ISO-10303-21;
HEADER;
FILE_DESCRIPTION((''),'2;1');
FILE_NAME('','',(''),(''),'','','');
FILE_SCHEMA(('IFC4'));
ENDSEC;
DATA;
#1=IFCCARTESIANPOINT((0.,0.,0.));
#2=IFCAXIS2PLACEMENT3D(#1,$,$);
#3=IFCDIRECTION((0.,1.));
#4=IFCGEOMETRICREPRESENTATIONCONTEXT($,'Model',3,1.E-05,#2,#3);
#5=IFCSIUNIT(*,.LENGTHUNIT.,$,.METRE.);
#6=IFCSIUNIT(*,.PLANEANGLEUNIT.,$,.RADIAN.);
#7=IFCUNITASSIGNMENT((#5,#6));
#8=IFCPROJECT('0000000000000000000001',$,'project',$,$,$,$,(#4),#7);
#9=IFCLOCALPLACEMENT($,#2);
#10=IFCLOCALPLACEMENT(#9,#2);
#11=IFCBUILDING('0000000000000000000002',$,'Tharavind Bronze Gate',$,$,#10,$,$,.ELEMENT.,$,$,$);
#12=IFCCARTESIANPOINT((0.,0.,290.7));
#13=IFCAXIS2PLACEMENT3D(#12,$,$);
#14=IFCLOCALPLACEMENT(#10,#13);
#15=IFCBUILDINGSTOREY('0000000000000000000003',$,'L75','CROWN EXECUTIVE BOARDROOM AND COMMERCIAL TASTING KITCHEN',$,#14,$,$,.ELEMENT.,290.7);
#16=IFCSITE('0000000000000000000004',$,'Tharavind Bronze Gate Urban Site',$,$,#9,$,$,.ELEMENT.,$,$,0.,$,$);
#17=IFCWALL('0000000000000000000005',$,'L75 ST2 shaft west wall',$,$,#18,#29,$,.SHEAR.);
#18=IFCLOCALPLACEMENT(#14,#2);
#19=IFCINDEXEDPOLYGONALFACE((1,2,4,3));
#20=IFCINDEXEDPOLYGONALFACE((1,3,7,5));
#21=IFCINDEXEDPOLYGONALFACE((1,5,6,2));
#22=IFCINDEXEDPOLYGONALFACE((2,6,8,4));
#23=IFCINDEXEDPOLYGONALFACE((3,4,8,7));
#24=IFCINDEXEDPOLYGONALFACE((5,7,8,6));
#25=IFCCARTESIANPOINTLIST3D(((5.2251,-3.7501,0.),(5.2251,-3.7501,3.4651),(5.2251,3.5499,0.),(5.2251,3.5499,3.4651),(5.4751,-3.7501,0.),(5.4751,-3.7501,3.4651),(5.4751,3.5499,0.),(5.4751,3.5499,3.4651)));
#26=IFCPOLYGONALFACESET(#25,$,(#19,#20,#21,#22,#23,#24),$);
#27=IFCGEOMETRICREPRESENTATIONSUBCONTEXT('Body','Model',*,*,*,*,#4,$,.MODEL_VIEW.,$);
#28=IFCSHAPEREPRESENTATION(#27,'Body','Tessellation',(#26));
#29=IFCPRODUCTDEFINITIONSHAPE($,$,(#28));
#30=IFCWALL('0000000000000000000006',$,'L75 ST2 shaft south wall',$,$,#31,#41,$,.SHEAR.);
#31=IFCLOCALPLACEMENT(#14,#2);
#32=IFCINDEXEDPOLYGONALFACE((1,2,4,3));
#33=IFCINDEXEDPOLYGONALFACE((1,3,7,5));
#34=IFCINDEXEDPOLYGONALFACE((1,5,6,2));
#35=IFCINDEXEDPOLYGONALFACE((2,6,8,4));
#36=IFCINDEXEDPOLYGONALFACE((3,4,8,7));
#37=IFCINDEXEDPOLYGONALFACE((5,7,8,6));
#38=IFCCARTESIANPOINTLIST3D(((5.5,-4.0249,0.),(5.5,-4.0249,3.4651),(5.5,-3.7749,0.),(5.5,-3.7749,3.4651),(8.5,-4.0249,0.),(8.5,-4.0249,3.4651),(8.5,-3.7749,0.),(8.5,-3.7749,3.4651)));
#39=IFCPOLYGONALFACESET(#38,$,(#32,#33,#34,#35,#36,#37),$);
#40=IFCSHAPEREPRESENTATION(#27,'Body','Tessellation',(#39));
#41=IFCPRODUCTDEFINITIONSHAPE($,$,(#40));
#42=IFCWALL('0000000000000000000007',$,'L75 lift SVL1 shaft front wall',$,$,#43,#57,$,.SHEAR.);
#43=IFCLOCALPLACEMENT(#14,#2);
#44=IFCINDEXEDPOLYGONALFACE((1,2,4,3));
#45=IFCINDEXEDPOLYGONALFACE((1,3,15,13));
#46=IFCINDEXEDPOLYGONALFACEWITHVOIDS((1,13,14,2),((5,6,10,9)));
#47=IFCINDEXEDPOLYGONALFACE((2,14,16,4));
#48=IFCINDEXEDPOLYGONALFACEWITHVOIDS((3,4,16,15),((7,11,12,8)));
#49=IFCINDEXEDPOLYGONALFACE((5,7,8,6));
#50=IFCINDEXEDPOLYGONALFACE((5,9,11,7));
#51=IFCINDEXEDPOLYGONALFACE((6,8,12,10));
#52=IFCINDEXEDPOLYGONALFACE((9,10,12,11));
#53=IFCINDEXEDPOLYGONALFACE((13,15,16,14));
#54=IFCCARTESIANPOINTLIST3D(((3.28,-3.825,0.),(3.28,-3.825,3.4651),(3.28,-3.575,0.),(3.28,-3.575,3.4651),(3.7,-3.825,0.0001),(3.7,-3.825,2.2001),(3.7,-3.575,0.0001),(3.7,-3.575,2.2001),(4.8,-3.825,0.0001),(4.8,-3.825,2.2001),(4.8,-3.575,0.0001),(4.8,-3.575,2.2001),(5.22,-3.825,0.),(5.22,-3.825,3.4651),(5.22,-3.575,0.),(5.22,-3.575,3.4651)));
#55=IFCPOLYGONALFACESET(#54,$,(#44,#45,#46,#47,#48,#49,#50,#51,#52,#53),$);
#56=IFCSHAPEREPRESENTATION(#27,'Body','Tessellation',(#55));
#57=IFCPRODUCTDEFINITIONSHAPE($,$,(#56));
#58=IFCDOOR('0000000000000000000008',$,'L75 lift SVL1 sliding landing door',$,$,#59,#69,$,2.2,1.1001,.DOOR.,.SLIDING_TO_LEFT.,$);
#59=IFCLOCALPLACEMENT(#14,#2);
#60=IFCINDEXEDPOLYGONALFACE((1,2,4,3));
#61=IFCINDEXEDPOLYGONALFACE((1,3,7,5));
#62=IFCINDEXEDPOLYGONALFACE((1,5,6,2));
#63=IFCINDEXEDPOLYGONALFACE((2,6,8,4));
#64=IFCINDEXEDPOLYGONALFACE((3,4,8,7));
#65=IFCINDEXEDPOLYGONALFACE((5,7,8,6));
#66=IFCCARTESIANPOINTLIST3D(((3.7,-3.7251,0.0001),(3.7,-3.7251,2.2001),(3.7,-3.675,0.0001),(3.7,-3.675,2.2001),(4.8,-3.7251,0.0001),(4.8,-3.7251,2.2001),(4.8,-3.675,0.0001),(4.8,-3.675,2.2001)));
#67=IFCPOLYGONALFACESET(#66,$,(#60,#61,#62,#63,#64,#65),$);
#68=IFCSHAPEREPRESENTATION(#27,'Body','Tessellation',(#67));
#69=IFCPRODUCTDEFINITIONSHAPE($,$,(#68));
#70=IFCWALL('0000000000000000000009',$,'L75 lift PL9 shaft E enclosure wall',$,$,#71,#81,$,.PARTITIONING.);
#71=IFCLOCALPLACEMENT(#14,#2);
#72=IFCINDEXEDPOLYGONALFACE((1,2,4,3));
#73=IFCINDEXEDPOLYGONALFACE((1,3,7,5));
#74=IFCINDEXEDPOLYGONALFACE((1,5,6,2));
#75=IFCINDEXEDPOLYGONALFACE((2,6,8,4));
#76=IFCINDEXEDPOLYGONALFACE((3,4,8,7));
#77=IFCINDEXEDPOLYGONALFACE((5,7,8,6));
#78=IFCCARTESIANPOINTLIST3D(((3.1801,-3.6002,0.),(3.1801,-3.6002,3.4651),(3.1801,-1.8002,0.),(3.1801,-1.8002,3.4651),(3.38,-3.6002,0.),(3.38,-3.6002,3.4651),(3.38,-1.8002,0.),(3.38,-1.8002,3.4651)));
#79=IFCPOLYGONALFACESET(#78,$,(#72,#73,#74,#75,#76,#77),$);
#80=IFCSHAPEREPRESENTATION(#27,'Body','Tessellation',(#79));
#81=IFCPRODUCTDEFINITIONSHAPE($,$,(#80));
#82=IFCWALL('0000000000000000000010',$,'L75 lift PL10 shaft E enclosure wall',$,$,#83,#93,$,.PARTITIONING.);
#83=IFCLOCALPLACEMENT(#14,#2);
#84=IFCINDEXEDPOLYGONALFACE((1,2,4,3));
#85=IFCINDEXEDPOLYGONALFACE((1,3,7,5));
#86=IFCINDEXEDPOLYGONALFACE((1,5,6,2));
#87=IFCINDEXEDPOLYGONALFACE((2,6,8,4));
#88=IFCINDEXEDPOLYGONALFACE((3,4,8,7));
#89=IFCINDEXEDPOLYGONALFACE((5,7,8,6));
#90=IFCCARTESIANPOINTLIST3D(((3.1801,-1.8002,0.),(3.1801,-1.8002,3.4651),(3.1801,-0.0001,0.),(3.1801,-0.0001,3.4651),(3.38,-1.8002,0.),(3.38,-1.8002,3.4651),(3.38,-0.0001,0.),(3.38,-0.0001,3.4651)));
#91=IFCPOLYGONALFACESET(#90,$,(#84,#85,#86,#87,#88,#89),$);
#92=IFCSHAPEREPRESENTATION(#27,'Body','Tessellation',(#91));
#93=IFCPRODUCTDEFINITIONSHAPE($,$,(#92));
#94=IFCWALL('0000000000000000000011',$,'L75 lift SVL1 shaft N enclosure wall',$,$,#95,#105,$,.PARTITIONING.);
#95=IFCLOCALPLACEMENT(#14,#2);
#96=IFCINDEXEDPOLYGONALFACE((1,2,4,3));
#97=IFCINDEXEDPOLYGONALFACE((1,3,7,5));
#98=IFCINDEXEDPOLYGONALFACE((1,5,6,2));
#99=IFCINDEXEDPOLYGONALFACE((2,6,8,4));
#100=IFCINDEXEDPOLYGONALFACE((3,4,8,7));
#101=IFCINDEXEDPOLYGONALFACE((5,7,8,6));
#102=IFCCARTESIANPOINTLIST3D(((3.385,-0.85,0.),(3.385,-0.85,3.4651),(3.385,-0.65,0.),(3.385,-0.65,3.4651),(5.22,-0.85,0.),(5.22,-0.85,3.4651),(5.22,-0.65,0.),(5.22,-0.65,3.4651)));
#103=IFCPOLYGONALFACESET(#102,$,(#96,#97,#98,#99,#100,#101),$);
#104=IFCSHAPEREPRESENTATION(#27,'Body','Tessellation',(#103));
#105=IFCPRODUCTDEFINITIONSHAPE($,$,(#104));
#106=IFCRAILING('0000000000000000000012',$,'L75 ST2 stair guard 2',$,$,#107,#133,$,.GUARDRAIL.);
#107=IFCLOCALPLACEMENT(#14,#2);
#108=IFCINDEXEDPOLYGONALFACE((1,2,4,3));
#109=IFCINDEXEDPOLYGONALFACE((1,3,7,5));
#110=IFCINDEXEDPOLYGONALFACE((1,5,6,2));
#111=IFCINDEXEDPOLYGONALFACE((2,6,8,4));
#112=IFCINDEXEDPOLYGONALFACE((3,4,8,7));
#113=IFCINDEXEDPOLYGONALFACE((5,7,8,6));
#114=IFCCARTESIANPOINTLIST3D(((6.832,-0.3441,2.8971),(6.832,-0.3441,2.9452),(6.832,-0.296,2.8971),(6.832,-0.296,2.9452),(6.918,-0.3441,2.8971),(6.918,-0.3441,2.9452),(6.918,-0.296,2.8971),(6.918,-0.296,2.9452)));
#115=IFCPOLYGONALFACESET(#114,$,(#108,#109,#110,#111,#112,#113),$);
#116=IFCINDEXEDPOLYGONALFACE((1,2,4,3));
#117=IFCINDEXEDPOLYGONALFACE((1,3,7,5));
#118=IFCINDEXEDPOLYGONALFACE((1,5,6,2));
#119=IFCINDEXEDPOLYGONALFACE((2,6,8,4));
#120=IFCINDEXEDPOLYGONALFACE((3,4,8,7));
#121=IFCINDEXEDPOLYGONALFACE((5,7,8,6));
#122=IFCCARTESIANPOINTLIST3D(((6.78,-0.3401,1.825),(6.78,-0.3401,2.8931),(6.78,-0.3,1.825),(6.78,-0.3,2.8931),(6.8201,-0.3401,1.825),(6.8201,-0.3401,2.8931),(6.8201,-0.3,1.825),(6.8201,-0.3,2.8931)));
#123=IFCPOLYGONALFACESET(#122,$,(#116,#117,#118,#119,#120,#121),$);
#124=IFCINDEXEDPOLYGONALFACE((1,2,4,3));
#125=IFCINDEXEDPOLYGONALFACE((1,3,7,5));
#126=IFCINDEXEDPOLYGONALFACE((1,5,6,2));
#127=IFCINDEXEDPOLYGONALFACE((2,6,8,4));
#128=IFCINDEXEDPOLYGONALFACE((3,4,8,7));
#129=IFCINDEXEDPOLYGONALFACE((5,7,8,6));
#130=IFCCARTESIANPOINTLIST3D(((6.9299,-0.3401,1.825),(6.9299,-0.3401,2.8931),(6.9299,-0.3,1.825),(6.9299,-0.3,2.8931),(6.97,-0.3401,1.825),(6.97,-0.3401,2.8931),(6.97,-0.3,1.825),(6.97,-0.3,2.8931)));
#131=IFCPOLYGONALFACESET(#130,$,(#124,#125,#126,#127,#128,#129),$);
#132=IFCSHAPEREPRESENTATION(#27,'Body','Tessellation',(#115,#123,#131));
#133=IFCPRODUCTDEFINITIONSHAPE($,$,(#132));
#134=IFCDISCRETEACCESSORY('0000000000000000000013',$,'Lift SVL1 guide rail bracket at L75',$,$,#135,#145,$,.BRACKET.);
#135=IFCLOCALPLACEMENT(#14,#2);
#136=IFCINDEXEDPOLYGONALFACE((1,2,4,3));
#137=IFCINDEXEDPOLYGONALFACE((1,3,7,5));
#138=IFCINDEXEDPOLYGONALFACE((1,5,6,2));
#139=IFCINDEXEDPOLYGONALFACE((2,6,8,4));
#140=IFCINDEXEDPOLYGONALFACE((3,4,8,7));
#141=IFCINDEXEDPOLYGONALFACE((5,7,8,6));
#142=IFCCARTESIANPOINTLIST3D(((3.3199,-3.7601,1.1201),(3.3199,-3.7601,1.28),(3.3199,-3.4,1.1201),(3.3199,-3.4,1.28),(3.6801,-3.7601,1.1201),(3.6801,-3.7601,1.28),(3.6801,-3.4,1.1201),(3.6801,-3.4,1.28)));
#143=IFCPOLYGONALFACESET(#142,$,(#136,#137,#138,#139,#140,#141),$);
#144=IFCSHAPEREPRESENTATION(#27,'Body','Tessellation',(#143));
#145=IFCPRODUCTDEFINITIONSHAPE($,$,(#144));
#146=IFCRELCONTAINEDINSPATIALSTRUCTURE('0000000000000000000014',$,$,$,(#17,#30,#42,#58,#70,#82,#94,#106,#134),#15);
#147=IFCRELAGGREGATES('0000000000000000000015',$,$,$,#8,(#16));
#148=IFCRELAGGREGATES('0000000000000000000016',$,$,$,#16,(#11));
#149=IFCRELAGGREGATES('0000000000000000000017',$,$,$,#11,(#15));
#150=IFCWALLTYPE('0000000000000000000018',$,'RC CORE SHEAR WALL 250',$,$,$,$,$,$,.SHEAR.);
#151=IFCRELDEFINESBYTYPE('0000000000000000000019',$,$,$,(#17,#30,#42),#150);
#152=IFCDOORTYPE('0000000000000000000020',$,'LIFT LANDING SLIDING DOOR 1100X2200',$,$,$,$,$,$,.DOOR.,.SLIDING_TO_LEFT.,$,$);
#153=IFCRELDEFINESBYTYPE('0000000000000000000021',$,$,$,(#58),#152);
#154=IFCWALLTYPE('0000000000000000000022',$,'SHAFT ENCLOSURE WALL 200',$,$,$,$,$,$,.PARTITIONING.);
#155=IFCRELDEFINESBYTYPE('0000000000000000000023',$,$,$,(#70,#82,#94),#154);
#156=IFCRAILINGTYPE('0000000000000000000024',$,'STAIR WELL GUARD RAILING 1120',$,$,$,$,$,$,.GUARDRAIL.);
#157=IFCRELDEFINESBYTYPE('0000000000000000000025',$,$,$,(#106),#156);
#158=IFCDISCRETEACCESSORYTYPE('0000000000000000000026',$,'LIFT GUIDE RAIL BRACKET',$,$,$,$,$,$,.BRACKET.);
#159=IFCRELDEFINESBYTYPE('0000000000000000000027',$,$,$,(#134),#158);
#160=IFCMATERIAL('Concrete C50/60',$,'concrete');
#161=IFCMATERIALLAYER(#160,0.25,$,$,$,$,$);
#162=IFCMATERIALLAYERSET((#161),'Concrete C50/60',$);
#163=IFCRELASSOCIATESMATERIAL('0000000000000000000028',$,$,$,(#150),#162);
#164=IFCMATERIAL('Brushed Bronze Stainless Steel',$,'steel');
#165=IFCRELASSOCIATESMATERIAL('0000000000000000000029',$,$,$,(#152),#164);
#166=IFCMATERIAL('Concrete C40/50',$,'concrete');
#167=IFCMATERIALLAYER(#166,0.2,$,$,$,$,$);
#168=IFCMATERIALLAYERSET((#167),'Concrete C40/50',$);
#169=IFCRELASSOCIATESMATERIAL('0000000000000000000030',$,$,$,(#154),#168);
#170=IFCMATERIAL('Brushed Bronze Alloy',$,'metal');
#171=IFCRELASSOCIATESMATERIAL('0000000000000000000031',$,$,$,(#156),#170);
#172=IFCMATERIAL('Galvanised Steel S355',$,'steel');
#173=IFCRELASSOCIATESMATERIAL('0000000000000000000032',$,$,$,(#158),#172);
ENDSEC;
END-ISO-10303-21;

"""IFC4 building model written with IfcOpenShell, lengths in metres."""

from ifc_helpers import new_model, si_unit, direction, frame, frame_2d, origin, origin_2d, place, context, subcontext, project, spatial, rectangle, extrude, material, layer, layer_set, type_object, element, fill, save


model = new_model("IFC4")

# Units and contexts
model_context = context("Model", 3, precision=1e-05, world=origin(), true_north=direction((0.0, 1.0)))
body_context = subcontext(model_context, "Body", "Model", "MODEL_VIEW")
ifc_project = project(units=[si_unit("LENGTHUNIT", "METRE"), si_unit("PLANEANGLEUNIT", "RADIAN")], contexts=[model_context])

# Site, building, storey
site_placement = place(None, origin())
site = spatial("IfcSite", under=ifc_project, at=site_placement, Name="Tharavind Bronze Gate Urban Site", CompositionType="ELEMENT", RefElevation=0.0)
building_placement = place(site_placement, origin())
building = spatial("IfcBuilding", under=site, at=building_placement, Name="Tharavind Bronze Gate", CompositionType="ELEMENT")
storey_placement = place(building_placement, frame((0.0, 0.0, 290.7)))
storey = spatial("IfcBuildingStorey", under=building, at=storey_placement, Name="L75", Description="CROWN EXECUTIVE BOARDROOM AND COMMERCIAL TASTING KITCHEN", CompositionType="ELEMENT", Elevation=290.7)

# Shared definitions
ifc_material_1 = material(Name="Concrete C50/60", Category="concrete")

# Walls
ifc_layer_1 = layer(ifc_material_1, 0.25)
ifc_layer_set_1 = layer_set([ifc_layer_1], Name="Concrete C50/60")
wall_type_1 = type_object("IfcWallType", Name="RC CORE SHEAR WALL 250", PredefinedType="SHEAR", material=ifc_layer_set_1)
wall_1_placement = place(storey_placement, frame((5.3501, -3.75, 0.0), z_axis=(0.0, 0.0, 1.0), x_axis=(0.0, 1.0, 0.0)))
element("IfcWall", 1, at=wall_1_placement, inside=storey, type_object=wall_type_1, Name="L75 ST2 shaft west wall", PredefinedType="SHEAR", context=body_context, shape_type="SweptSolid", body=[
    extrude(rectangle(XDim=7.3, YDim=0.25, at=frame_2d((3.6499, 0.0))), origin(), (0.0, 0.0, 1.0), 3.4651),
])
wall_2_placement = place(storey_placement, frame((5.5, -3.8999, 0.0), z_axis=(0.0, 0.0, 1.0), x_axis=(1.0, 0.0, 0.0)))
element("IfcWall", 2, at=wall_2_placement, inside=storey, type_object=wall_type_1, Name="L75 ST2 shaft south wall", PredefinedType="SHEAR", context=body_context, shape_type="SweptSolid", body=[
    extrude(rectangle(XDim=3.0, YDim=0.25, at=frame_2d((1.5, 0.0))), origin(), (0.0, 0.0, 1.0), 3.4651),
])

# Wall, opening, door
wall_3_placement = place(storey_placement, frame((3.28, -3.7, 0.0), z_axis=(0.0, 0.0, 1.0), x_axis=(1.0, 0.0, 0.0)))
wall_3 = element("IfcWall", 3, at=wall_3_placement, inside=storey, type_object=wall_type_1, Name="L75 lift SVL1 shaft front wall", PredefinedType="SHEAR", context=body_context, shape_type="SweptSolid", body=[
    extrude(rectangle(XDim=1.9399, YDim=0.25, at=frame_2d((0.97, 0.0))), origin(), (0.0, 0.0, 1.0), 3.4651),
])
opening_1_placement = place(wall_3_placement, frame((0.4199, 0.0, 0.0)))
opening_1 = element("IfcOpeningElement", 4, at=opening_1_placement, cuts=wall_3, PredefinedType="OPENING", context=body_context, shape_type="SweptSolid", body=[
    extrude(rectangle(XDim=1.1001, YDim=2.2, at=frame_2d((0.55, 1.1001))), frame((0.0, 0.135, 0.0), z_axis=(0.0, -1.0, 0.0), x_axis=(1.0, 0.0, 0.0)), (0.0, 0.0, 1.0), 0.27),
])
ifc_material_2 = material(Name="Brushed Bronze Stainless Steel", Category="steel")
door_type_1 = type_object("IfcDoorType", Name="LIFT LANDING SLIDING DOOR 1100X2200", OperationType="SLIDING_TO_LEFT", PredefinedType="DOOR", material=ifc_material_2)
door_1_placement = place(opening_1_placement, origin())
door_1 = element("IfcDoor", 5, at=door_1_placement, inside=storey, type_object=door_type_1, Name="L75 lift SVL1 sliding landing door", OperationType="SLIDING_TO_LEFT", OverallHeight=2.2, OverallWidth=1.1001, PredefinedType="DOOR", context=body_context, shape_type="SweptSolid", body=[
    extrude(rectangle(XDim=1.1001, YDim=2.2, at=frame_2d((0.55, 1.1001))), frame((0.0, 0.0249, 0.0), z_axis=(0.0, -1.0, 0.0), x_axis=(1.0, 0.0, 0.0)), (0.0, 0.0, 1.0), 0.05),
])
fill(opening_1, door_1)

# Walls
ifc_material_3 = material(Name="Concrete C40/50", Category="concrete")
ifc_layer_2 = layer(ifc_material_3, 0.2)
ifc_layer_set_2 = layer_set([ifc_layer_2], Name="Concrete C40/50")
wall_type_2 = type_object("IfcWallType", Name="SHAFT ENCLOSURE WALL 200", PredefinedType="PARTITIONING", material=ifc_layer_set_2)
for number, where, z_axis, x_axis, name in (
    (6, (3.28, -3.6001, 0.0), (0.0, 0.0, 1.0), (0.0, 1.0, 0.0), "L75 lift PL9 shaft E enclosure wall"),
    (7, (3.28, -1.8, 0.0), (0.0, 0.0, 1.0), (0.0, 1.0, 0.0), "L75 lift PL10 shaft E enclosure wall"),
):
    element("IfcWall", number, at=place(storey_placement, frame(where, z_axis=z_axis, x_axis=x_axis)), inside=storey, type_object=wall_type_2, Name=name, PredefinedType="PARTITIONING", context=body_context, shape_type="SweptSolid", body=[
        extrude(rectangle(XDim=1.8, YDim=0.2, at=frame_2d((0.8999, 0.0))), origin(), (0.0, 0.0, 1.0), 3.4651),
    ])
wall_4_placement = place(storey_placement, frame((3.385, -0.75, 0.0), z_axis=(0.0, 0.0, 1.0), x_axis=(1.0, 0.0, 0.0)))
element("IfcWall", 8, at=wall_4_placement, inside=storey, type_object=wall_type_2, Name="L75 lift SVL1 shaft N enclosure wall", PredefinedType="PARTITIONING", context=body_context, shape_type="SweptSolid", body=[
    extrude(rectangle(XDim=1.835, YDim=0.2, at=frame_2d((0.9175, 0.0))), origin(), (0.0, 0.0, 1.0), 3.4651),
])

# Railing
ifc_material_4 = material(Name="Brushed Bronze Alloy", Category="metal")
railing_type = type_object("IfcRailingType", Name="STAIR WELL GUARD RAILING 1120", PredefinedType="GUARDRAIL", material=ifc_material_4)
railing_placement = place(storey_placement, frame((6.8, -0.3201, 1.825)))
element("IfcRailing", 9, at=railing_placement, inside=storey, type_object=railing_type, Name="L75 ST2 stair guard 2", PredefinedType="GUARDRAIL", context=body_context, shape_type="SweptSolid", body=[
    extrude(rectangle(XDim=0.0481, YDim=0.0481, at=origin_2d()), frame((0.032, 0.0, 1.0962), z_axis=(1.0, 0.0, 0.0), x_axis=(0.0, 1.0, 0.0)), (0.0, 0.0, 1.0), 0.0859),
    extrude(rectangle(XDim=0.04, YDim=0.04, at=origin_2d()), origin(), (0.0, 0.0, 1.0), 1.0681),
    extrude(rectangle(XDim=0.04, YDim=0.04, at=origin_2d()), frame((0.1499, 0.0, 0.0)), (0.0, 0.0, 1.0), 1.0681),
])

# Discrete accessory
ifc_material_5 = material(Name="Galvanised Steel S355", Category="steel")
discrete_accessory_type = type_object("IfcDiscreteAccessoryType", Name="LIFT GUIDE RAIL BRACKET", PredefinedType="BRACKET", material=ifc_material_5)
discrete_accessory_placement = place(storey_placement, frame((3.5, -3.5801, 1.1201), z_axis=(0.0, 0.0, 1.0), x_axis=(1.0, 0.0, 0.0)))
element("IfcDiscreteAccessory", 10, at=discrete_accessory_placement, inside=storey, type_object=discrete_accessory_type, Name="Lift SVL1 guide rail bracket at L75", PredefinedType="BRACKET", context=body_context, shape_type="SweptSolid", body=[
    extrude(rectangle(XDim=0.3601, YDim=0.3601, at=origin_2d()), origin(), (0.0, 0.0, 1.0), 0.1599),
])

save(model, "model.ifc")
